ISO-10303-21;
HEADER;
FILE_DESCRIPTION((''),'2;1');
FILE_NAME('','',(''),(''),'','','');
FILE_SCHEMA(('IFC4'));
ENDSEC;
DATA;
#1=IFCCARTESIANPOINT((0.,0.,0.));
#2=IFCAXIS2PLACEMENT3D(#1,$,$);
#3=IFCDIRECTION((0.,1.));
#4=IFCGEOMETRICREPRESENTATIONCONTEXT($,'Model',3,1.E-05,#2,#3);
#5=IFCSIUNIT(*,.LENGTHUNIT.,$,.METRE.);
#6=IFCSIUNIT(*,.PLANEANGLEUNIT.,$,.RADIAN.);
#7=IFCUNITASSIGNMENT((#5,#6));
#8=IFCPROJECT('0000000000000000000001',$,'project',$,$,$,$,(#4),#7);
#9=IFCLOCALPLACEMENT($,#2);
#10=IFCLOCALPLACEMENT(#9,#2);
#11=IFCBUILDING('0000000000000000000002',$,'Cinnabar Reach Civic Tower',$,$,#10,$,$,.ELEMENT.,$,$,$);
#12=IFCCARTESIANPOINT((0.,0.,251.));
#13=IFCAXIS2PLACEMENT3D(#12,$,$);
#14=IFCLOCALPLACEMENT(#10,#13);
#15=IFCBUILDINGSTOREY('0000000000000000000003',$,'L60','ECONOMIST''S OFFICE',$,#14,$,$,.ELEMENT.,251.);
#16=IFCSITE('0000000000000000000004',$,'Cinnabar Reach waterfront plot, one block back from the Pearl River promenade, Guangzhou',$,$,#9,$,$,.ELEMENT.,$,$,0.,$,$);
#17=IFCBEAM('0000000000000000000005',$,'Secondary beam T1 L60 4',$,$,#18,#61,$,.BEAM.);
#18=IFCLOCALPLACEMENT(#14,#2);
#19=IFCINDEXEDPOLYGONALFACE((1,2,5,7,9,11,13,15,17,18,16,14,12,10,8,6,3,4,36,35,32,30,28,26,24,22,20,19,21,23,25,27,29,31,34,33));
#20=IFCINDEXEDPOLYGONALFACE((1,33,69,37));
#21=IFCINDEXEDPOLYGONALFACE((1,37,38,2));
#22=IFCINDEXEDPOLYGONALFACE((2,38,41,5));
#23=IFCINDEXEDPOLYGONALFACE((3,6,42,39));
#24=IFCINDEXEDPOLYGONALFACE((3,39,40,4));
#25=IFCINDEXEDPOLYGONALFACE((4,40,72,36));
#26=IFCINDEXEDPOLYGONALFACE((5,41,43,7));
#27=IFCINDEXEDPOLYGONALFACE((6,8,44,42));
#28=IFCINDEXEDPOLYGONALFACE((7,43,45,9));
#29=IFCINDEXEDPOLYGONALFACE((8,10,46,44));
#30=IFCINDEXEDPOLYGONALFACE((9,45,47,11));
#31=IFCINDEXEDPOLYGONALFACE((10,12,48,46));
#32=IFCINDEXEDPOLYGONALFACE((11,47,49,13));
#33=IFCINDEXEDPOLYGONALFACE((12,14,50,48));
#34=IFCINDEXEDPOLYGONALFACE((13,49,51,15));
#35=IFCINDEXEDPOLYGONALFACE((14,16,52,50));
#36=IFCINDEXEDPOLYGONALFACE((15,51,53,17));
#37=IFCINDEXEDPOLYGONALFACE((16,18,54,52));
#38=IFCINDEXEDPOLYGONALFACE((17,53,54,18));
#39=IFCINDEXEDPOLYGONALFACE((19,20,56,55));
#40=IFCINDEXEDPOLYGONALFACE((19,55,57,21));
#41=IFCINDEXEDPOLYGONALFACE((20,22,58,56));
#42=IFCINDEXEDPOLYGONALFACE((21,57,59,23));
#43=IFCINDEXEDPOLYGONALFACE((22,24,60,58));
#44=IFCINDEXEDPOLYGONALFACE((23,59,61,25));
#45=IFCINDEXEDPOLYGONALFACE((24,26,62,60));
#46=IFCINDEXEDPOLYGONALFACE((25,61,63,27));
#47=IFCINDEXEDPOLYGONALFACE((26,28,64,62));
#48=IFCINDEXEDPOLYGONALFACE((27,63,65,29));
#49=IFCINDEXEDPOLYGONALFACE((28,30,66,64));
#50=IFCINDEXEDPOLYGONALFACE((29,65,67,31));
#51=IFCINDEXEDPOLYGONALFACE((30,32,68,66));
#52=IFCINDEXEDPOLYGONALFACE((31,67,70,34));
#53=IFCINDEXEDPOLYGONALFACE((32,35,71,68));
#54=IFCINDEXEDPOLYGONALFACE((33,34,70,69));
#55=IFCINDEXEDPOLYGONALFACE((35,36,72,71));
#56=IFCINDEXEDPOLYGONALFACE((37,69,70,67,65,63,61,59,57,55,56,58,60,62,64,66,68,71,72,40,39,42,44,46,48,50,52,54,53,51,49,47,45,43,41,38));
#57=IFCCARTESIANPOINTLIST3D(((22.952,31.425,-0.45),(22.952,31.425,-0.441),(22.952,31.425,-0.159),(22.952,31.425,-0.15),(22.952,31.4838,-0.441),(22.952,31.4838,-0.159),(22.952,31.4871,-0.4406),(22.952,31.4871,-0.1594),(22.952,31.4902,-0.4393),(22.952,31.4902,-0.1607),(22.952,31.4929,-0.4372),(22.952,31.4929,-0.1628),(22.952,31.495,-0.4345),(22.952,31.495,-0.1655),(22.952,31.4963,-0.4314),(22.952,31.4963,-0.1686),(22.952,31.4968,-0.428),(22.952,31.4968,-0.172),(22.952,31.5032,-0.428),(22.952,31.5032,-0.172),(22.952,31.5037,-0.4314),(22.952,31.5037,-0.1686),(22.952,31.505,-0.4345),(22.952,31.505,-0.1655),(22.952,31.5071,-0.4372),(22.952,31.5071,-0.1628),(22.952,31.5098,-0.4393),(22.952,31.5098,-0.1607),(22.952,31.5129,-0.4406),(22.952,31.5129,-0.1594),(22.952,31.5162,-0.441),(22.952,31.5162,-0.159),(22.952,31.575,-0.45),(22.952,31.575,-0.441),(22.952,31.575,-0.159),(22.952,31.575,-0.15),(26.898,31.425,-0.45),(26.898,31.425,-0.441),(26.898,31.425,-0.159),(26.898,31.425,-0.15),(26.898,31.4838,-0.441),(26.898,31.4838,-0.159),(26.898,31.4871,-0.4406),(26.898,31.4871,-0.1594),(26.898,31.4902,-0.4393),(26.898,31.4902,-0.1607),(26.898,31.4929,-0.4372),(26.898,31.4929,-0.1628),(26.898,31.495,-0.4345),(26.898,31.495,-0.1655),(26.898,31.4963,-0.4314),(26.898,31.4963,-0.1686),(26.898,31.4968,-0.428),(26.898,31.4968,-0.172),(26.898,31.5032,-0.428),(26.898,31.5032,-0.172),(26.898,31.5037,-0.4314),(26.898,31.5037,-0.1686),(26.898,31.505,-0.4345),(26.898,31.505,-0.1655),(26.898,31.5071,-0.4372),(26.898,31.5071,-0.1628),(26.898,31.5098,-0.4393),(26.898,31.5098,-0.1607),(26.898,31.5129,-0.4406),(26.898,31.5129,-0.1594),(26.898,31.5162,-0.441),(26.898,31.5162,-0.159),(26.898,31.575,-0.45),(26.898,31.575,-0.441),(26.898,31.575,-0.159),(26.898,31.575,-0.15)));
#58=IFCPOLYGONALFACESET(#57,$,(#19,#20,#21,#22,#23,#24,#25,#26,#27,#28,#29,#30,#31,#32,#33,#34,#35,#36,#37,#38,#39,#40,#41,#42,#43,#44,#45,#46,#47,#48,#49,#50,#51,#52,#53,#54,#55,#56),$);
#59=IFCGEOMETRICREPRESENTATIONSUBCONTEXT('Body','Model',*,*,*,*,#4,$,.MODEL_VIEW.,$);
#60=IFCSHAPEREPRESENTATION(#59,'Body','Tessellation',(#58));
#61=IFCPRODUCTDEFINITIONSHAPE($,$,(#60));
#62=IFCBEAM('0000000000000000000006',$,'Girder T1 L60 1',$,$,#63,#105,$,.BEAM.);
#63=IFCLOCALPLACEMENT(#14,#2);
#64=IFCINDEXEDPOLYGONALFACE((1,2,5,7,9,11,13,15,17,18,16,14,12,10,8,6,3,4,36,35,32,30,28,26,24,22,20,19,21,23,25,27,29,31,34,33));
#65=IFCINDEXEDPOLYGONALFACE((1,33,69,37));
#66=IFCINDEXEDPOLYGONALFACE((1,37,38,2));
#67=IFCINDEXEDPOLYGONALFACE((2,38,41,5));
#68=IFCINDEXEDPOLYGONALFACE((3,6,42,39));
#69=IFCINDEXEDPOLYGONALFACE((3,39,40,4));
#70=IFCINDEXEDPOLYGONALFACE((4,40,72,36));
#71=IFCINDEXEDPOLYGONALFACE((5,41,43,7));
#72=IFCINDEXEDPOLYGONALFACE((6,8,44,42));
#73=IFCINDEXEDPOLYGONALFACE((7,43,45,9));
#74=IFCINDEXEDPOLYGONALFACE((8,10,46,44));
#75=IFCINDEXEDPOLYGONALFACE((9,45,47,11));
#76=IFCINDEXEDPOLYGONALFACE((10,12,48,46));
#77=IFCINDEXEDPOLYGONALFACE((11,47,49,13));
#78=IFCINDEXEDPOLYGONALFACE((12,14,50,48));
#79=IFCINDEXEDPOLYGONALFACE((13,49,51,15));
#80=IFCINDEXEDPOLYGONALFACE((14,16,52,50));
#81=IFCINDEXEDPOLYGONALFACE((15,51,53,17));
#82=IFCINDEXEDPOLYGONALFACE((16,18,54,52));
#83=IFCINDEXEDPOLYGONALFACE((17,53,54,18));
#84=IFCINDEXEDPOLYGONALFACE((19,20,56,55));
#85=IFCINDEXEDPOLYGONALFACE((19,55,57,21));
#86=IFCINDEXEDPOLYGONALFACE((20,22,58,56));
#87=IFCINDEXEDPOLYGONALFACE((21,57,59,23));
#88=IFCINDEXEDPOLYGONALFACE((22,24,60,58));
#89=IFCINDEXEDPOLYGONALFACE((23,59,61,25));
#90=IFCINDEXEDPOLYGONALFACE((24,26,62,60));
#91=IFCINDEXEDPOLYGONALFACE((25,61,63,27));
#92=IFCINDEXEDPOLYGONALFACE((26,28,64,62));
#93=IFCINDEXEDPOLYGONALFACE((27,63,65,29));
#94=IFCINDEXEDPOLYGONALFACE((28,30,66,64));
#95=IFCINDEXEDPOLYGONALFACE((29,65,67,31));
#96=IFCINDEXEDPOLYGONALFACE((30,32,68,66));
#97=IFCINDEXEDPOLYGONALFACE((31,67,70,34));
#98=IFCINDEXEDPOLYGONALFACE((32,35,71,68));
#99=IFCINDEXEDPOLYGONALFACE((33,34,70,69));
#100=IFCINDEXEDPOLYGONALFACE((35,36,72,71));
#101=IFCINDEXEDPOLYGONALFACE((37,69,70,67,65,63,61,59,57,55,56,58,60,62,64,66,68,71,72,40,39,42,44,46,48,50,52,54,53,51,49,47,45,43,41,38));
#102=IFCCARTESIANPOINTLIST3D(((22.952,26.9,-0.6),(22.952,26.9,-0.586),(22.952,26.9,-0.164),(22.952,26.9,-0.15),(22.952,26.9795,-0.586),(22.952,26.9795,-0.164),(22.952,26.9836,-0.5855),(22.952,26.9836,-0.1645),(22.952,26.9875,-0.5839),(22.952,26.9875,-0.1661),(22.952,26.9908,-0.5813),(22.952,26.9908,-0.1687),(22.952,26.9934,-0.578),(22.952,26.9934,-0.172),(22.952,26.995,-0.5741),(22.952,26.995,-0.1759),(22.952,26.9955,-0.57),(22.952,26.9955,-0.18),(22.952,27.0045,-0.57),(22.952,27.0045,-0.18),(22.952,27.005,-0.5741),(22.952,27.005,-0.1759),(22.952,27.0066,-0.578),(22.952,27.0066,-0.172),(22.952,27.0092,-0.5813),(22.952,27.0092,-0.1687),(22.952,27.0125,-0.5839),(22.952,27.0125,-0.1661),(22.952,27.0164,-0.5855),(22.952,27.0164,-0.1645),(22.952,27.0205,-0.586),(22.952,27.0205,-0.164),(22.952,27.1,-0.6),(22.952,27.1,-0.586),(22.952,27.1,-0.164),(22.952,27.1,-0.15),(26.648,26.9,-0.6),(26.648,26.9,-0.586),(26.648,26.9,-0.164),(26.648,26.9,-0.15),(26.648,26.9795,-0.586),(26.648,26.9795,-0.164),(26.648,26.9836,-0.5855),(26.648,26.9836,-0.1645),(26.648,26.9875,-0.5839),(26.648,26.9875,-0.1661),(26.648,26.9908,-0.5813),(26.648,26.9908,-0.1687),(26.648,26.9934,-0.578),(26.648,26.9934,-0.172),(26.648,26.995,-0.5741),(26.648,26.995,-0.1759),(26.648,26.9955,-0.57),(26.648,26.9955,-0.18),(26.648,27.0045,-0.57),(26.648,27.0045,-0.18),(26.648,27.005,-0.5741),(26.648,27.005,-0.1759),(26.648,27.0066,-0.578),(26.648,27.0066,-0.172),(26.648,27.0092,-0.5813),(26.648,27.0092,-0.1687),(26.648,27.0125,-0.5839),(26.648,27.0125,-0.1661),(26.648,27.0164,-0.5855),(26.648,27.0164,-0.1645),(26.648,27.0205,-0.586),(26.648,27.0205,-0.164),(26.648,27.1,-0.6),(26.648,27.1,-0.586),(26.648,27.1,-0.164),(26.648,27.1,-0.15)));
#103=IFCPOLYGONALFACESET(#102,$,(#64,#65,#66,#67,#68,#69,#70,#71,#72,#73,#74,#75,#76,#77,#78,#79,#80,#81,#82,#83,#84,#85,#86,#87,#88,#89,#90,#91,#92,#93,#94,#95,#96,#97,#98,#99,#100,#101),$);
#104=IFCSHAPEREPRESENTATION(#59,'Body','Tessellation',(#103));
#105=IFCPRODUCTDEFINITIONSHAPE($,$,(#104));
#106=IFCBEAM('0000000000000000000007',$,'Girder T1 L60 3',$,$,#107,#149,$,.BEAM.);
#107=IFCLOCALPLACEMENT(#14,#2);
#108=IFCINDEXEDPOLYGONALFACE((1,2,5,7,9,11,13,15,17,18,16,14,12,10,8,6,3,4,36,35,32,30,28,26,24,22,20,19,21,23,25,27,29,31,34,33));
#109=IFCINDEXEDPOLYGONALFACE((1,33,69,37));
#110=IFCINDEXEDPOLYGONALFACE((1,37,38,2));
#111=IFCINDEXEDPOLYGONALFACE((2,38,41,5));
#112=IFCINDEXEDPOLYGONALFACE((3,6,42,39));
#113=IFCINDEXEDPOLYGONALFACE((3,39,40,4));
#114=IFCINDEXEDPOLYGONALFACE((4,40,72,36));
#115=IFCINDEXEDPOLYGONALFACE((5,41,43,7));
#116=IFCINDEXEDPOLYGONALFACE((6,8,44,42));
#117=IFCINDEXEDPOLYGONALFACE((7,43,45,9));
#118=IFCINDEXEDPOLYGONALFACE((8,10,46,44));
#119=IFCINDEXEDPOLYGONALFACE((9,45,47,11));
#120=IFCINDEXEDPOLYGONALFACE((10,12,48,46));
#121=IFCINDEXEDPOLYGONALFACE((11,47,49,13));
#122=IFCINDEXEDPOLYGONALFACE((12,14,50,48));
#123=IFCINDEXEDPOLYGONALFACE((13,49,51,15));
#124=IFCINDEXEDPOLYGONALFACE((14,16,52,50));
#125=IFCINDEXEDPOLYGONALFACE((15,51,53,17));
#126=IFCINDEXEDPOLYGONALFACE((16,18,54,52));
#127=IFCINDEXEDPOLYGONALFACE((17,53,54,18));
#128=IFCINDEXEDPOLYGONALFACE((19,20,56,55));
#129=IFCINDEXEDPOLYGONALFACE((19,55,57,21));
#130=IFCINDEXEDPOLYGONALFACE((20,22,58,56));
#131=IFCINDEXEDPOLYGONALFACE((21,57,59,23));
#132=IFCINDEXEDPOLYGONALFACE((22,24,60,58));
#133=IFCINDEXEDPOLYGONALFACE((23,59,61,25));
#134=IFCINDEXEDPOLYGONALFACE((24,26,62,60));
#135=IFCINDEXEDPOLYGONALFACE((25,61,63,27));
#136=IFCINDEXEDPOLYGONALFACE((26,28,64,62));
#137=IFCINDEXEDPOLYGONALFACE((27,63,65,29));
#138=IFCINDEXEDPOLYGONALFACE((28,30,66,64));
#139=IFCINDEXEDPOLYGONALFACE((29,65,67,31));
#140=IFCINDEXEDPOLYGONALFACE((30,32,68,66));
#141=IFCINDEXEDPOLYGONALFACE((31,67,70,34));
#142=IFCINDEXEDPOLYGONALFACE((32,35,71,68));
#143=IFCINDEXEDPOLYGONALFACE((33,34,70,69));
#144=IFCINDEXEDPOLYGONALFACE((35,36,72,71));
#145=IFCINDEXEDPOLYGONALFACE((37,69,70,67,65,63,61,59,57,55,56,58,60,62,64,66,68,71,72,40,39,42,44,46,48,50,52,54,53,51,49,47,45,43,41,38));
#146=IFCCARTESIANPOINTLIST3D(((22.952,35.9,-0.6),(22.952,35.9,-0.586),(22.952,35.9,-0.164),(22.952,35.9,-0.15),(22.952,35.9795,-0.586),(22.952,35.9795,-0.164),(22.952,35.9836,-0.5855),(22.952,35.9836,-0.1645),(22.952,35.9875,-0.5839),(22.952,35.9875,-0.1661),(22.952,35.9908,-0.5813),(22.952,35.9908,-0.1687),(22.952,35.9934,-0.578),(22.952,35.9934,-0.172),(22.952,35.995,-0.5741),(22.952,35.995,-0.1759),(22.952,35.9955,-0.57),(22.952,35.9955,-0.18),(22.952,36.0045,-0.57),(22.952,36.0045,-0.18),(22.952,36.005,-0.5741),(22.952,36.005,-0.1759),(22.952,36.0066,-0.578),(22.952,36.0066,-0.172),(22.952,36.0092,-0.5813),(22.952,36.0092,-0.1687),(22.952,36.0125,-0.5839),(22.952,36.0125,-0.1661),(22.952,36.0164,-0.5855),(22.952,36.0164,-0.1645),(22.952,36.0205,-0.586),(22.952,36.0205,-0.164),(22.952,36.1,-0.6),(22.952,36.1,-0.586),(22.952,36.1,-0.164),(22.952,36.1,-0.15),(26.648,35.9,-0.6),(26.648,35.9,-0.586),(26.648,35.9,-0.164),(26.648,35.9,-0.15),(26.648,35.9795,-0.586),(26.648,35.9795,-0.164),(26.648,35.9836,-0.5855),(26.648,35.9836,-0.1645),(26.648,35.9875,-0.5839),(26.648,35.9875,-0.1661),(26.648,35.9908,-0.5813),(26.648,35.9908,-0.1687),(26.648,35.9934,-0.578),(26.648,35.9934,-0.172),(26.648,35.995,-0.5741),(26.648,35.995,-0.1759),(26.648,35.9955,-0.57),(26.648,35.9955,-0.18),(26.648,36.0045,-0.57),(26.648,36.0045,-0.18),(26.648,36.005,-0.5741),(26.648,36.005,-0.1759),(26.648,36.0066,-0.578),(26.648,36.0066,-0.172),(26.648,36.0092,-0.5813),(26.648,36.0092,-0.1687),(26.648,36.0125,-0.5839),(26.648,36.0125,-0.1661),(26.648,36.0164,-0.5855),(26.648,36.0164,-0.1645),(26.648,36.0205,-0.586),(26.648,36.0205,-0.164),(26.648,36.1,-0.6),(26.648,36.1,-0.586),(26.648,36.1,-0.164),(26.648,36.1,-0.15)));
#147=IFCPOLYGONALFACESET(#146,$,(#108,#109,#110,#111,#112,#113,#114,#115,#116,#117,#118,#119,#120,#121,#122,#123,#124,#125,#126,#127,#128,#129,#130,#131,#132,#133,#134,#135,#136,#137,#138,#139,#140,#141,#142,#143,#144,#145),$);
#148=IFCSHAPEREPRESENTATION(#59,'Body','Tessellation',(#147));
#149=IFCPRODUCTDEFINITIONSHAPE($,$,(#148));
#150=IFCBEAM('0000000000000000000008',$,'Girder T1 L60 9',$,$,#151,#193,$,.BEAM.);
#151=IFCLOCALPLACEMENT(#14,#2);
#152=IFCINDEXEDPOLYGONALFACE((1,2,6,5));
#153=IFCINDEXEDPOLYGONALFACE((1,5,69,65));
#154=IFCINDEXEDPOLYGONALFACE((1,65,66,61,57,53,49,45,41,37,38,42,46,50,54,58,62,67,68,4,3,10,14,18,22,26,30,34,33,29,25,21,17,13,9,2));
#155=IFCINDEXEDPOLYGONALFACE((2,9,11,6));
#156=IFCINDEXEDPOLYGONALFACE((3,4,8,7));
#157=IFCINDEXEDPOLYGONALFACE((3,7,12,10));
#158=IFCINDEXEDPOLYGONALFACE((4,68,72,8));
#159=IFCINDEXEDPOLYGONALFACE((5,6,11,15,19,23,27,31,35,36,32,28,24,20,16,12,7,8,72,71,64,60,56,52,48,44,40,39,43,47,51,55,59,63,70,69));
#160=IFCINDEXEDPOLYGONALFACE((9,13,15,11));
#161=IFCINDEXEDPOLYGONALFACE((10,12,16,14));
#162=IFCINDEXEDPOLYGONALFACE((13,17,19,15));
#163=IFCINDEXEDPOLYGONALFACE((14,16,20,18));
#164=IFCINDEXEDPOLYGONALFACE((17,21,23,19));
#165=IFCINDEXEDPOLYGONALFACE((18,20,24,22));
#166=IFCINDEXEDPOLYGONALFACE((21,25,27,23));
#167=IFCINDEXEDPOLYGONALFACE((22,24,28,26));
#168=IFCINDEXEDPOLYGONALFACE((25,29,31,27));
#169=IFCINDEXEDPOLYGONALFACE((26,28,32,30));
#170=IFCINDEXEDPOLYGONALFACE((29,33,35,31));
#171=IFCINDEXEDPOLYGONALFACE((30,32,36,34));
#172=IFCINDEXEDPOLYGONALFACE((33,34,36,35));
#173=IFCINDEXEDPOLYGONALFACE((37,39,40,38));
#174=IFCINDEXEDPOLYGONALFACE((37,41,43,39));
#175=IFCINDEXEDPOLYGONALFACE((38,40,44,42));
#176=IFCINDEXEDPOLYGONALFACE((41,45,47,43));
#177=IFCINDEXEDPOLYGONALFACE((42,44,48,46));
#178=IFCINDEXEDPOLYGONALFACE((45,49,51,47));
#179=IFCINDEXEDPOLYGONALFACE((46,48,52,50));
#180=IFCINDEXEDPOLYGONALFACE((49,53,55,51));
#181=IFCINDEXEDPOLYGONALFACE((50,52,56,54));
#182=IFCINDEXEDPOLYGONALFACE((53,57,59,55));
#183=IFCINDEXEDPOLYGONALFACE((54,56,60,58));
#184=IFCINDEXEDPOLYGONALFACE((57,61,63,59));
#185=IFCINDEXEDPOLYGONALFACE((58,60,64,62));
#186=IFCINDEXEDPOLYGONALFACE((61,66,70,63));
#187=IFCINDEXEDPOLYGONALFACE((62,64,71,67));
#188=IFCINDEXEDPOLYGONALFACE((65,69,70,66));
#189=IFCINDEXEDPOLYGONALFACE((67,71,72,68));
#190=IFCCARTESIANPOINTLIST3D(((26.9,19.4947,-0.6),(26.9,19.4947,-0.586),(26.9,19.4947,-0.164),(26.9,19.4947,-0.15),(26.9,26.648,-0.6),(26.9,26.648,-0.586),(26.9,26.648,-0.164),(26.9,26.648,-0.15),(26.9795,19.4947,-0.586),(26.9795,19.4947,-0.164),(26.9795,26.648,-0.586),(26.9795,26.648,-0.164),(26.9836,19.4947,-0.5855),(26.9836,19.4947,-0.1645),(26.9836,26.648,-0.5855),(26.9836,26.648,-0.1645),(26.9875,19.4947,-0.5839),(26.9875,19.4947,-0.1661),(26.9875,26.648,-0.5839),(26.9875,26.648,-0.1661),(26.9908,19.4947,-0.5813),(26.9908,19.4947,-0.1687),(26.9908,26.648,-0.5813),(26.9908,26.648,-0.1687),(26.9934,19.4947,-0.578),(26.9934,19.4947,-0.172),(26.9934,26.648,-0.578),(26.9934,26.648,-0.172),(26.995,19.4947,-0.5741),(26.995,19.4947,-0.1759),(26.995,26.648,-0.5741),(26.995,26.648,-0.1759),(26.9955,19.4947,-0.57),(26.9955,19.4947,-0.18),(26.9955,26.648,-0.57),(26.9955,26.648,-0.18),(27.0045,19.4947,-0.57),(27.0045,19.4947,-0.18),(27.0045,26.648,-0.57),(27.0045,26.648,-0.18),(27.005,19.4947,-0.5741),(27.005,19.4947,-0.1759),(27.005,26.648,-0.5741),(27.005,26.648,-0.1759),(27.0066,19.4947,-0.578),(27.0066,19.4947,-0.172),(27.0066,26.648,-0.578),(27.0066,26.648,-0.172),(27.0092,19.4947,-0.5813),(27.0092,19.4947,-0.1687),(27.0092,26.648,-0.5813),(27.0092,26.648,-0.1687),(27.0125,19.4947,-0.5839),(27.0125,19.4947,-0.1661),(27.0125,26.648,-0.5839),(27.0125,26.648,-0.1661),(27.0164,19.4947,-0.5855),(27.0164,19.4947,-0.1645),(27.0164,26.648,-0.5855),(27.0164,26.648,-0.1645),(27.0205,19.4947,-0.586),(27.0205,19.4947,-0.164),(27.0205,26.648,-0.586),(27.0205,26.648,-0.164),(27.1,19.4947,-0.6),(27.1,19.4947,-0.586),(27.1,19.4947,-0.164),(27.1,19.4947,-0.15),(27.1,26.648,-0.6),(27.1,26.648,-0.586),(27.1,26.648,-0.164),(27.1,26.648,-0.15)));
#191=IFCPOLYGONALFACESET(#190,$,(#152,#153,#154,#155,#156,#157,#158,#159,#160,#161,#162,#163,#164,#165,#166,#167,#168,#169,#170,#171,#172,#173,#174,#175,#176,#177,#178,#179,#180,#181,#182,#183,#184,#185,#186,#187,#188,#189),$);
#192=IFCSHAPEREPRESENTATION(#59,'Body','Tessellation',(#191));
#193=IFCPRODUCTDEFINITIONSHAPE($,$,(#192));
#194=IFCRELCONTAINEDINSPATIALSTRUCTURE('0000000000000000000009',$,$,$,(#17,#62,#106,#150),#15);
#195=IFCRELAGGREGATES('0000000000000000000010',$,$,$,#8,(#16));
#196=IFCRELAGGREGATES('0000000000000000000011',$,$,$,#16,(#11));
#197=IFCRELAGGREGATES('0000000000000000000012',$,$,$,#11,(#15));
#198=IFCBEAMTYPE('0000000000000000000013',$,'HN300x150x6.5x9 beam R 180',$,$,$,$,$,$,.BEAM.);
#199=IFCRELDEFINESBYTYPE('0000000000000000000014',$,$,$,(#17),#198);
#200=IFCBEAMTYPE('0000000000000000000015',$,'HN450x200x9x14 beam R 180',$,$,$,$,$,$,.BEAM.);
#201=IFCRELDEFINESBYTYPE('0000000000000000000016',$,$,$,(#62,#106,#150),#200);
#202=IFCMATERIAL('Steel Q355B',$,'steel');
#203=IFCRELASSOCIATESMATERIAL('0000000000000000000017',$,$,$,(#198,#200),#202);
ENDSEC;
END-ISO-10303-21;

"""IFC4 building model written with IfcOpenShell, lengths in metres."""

from ifc_helpers import new_model, si_unit, direction, frame, origin, origin_2d, place, context, subcontext, project, spatial, i_section, extrude, material, material_profile, profile_set, type_object, element, save


model = new_model("IFC4")

# Units and contexts
model_context = context("Model", 3, precision=1e-05, world=origin(), true_north=direction((0.0, 1.0)))
body_context = subcontext(model_context, "Body", "Model", "MODEL_VIEW")
ifc_project = project(units=[si_unit("LENGTHUNIT", "METRE"), si_unit("PLANEANGLEUNIT", "RADIAN")], contexts=[model_context])

# Site, building, storey
site_placement = place(None, origin())
site = spatial("IfcSite", under=ifc_project, at=site_placement, Name="Cinnabar Reach waterfront plot, one block back from the Pearl River promenade, Guangzhou", CompositionType="ELEMENT", RefElevation=0.0)
building_placement = place(site_placement, origin())
building = spatial("IfcBuilding", under=site, at=building_placement, Name="Cinnabar Reach Civic Tower", CompositionType="ELEMENT")
storey_placement = place(building_placement, frame((0.0, 0.0, 251.0)))
storey = spatial("IfcBuildingStorey", under=building, at=storey_placement, Name="L60", Description="ECONOMIST'S OFFICE", CompositionType="ELEMENT", Elevation=251.0)

# Beams
ifc_material_1 = material(Name="Steel Q355B", Category="steel")
ifc_material_profile_1 = material_profile(ifc_material_1, i_section(OverallWidth=0.15, OverallDepth=0.3, WebThickness=0.0065, FlangeThickness=0.009, FilletRadius=0.013, at=origin_2d()), Name="HN300x150x6.5x9")
ifc_profile_set_1 = profile_set([ifc_material_profile_1], Name="Steel Q355B")
beam_type_1 = type_object("IfcBeamType", Name="HN300x150x6.5x9 beam R 180", PredefinedType="BEAM", material=ifc_profile_set_1)
for number, where, z_axis, x_axis, name in (
    (1, (22.952, 31.5, -0.3), (1.0, 0.0, 0.0), (0.0, 1.0, 0.0), "Secondary beam T1 L60 4"),
):
    element("IfcBeam", number, at=place(storey_placement, frame(where, z_axis=z_axis, x_axis=x_axis)), inside=storey, type_object=beam_type_1, Name=name, PredefinedType="BEAM", context=body_context, shape_type="SweptSolid", body=[
        extrude(i_section(OverallWidth=0.15, OverallDepth=0.3, WebThickness=0.0065, FlangeThickness=0.009, FilletRadius=0.013, at=origin_2d()), origin(), (0.0, 0.0, 1.0), 3.946),
    ])
ifc_material_profile_2 = material_profile(ifc_material_1, i_section(OverallWidth=0.2, OverallDepth=0.45, WebThickness=0.009, FlangeThickness=0.014, FilletRadius=0.016, at=origin_2d()), Name="HN450x200x9x14")
ifc_profile_set_2 = profile_set([ifc_material_profile_2], Name="Steel Q355B")
beam_type_2 = type_object("IfcBeamType", Name="HN450x200x9x14 beam R 180", PredefinedType="BEAM", material=ifc_profile_set_2)
for number, where, z_axis, x_axis, name in (
    (2, (22.952, 27.0, -0.375), (1.0, 0.0, 0.0), (0.0, 1.0, 0.0), "Girder T1 L60 1"),
    (3, (22.952, 36.0, -0.375), (1.0, 0.0, 0.0), (0.0, 1.0, 0.0), "Girder T1 L60 3"),
):
    element("IfcBeam", number, at=place(storey_placement, frame(where, z_axis=z_axis, x_axis=x_axis)), inside=storey, type_object=beam_type_2, Name=name, PredefinedType="BEAM", context=body_context, shape_type="SweptSolid", body=[
        extrude(i_section(OverallWidth=0.2, OverallDepth=0.45, WebThickness=0.009, FlangeThickness=0.014, FilletRadius=0.016, at=origin_2d()), origin(), (0.0, 0.0, 1.0), 3.696),
    ])
beam_1_placement = place(storey_placement, frame((27.0, 19.4947, -0.375), z_axis=(0.0, 1.0, 0.0), x_axis=(-1.0, 0.0, 0.0)))
element("IfcBeam", 4, at=beam_1_placement, inside=storey, type_object=beam_type_2, Name="Girder T1 L60 9", PredefinedType="BEAM", context=body_context, shape_type="SweptSolid", body=[
    extrude(i_section(OverallWidth=0.2, OverallDepth=0.45, WebThickness=0.009, FlangeThickness=0.014, FilletRadius=0.016, at=origin_2d()), origin(), (0.0, 0.0, 1.0), 7.1533),
])

save(model, "model.ifc")
